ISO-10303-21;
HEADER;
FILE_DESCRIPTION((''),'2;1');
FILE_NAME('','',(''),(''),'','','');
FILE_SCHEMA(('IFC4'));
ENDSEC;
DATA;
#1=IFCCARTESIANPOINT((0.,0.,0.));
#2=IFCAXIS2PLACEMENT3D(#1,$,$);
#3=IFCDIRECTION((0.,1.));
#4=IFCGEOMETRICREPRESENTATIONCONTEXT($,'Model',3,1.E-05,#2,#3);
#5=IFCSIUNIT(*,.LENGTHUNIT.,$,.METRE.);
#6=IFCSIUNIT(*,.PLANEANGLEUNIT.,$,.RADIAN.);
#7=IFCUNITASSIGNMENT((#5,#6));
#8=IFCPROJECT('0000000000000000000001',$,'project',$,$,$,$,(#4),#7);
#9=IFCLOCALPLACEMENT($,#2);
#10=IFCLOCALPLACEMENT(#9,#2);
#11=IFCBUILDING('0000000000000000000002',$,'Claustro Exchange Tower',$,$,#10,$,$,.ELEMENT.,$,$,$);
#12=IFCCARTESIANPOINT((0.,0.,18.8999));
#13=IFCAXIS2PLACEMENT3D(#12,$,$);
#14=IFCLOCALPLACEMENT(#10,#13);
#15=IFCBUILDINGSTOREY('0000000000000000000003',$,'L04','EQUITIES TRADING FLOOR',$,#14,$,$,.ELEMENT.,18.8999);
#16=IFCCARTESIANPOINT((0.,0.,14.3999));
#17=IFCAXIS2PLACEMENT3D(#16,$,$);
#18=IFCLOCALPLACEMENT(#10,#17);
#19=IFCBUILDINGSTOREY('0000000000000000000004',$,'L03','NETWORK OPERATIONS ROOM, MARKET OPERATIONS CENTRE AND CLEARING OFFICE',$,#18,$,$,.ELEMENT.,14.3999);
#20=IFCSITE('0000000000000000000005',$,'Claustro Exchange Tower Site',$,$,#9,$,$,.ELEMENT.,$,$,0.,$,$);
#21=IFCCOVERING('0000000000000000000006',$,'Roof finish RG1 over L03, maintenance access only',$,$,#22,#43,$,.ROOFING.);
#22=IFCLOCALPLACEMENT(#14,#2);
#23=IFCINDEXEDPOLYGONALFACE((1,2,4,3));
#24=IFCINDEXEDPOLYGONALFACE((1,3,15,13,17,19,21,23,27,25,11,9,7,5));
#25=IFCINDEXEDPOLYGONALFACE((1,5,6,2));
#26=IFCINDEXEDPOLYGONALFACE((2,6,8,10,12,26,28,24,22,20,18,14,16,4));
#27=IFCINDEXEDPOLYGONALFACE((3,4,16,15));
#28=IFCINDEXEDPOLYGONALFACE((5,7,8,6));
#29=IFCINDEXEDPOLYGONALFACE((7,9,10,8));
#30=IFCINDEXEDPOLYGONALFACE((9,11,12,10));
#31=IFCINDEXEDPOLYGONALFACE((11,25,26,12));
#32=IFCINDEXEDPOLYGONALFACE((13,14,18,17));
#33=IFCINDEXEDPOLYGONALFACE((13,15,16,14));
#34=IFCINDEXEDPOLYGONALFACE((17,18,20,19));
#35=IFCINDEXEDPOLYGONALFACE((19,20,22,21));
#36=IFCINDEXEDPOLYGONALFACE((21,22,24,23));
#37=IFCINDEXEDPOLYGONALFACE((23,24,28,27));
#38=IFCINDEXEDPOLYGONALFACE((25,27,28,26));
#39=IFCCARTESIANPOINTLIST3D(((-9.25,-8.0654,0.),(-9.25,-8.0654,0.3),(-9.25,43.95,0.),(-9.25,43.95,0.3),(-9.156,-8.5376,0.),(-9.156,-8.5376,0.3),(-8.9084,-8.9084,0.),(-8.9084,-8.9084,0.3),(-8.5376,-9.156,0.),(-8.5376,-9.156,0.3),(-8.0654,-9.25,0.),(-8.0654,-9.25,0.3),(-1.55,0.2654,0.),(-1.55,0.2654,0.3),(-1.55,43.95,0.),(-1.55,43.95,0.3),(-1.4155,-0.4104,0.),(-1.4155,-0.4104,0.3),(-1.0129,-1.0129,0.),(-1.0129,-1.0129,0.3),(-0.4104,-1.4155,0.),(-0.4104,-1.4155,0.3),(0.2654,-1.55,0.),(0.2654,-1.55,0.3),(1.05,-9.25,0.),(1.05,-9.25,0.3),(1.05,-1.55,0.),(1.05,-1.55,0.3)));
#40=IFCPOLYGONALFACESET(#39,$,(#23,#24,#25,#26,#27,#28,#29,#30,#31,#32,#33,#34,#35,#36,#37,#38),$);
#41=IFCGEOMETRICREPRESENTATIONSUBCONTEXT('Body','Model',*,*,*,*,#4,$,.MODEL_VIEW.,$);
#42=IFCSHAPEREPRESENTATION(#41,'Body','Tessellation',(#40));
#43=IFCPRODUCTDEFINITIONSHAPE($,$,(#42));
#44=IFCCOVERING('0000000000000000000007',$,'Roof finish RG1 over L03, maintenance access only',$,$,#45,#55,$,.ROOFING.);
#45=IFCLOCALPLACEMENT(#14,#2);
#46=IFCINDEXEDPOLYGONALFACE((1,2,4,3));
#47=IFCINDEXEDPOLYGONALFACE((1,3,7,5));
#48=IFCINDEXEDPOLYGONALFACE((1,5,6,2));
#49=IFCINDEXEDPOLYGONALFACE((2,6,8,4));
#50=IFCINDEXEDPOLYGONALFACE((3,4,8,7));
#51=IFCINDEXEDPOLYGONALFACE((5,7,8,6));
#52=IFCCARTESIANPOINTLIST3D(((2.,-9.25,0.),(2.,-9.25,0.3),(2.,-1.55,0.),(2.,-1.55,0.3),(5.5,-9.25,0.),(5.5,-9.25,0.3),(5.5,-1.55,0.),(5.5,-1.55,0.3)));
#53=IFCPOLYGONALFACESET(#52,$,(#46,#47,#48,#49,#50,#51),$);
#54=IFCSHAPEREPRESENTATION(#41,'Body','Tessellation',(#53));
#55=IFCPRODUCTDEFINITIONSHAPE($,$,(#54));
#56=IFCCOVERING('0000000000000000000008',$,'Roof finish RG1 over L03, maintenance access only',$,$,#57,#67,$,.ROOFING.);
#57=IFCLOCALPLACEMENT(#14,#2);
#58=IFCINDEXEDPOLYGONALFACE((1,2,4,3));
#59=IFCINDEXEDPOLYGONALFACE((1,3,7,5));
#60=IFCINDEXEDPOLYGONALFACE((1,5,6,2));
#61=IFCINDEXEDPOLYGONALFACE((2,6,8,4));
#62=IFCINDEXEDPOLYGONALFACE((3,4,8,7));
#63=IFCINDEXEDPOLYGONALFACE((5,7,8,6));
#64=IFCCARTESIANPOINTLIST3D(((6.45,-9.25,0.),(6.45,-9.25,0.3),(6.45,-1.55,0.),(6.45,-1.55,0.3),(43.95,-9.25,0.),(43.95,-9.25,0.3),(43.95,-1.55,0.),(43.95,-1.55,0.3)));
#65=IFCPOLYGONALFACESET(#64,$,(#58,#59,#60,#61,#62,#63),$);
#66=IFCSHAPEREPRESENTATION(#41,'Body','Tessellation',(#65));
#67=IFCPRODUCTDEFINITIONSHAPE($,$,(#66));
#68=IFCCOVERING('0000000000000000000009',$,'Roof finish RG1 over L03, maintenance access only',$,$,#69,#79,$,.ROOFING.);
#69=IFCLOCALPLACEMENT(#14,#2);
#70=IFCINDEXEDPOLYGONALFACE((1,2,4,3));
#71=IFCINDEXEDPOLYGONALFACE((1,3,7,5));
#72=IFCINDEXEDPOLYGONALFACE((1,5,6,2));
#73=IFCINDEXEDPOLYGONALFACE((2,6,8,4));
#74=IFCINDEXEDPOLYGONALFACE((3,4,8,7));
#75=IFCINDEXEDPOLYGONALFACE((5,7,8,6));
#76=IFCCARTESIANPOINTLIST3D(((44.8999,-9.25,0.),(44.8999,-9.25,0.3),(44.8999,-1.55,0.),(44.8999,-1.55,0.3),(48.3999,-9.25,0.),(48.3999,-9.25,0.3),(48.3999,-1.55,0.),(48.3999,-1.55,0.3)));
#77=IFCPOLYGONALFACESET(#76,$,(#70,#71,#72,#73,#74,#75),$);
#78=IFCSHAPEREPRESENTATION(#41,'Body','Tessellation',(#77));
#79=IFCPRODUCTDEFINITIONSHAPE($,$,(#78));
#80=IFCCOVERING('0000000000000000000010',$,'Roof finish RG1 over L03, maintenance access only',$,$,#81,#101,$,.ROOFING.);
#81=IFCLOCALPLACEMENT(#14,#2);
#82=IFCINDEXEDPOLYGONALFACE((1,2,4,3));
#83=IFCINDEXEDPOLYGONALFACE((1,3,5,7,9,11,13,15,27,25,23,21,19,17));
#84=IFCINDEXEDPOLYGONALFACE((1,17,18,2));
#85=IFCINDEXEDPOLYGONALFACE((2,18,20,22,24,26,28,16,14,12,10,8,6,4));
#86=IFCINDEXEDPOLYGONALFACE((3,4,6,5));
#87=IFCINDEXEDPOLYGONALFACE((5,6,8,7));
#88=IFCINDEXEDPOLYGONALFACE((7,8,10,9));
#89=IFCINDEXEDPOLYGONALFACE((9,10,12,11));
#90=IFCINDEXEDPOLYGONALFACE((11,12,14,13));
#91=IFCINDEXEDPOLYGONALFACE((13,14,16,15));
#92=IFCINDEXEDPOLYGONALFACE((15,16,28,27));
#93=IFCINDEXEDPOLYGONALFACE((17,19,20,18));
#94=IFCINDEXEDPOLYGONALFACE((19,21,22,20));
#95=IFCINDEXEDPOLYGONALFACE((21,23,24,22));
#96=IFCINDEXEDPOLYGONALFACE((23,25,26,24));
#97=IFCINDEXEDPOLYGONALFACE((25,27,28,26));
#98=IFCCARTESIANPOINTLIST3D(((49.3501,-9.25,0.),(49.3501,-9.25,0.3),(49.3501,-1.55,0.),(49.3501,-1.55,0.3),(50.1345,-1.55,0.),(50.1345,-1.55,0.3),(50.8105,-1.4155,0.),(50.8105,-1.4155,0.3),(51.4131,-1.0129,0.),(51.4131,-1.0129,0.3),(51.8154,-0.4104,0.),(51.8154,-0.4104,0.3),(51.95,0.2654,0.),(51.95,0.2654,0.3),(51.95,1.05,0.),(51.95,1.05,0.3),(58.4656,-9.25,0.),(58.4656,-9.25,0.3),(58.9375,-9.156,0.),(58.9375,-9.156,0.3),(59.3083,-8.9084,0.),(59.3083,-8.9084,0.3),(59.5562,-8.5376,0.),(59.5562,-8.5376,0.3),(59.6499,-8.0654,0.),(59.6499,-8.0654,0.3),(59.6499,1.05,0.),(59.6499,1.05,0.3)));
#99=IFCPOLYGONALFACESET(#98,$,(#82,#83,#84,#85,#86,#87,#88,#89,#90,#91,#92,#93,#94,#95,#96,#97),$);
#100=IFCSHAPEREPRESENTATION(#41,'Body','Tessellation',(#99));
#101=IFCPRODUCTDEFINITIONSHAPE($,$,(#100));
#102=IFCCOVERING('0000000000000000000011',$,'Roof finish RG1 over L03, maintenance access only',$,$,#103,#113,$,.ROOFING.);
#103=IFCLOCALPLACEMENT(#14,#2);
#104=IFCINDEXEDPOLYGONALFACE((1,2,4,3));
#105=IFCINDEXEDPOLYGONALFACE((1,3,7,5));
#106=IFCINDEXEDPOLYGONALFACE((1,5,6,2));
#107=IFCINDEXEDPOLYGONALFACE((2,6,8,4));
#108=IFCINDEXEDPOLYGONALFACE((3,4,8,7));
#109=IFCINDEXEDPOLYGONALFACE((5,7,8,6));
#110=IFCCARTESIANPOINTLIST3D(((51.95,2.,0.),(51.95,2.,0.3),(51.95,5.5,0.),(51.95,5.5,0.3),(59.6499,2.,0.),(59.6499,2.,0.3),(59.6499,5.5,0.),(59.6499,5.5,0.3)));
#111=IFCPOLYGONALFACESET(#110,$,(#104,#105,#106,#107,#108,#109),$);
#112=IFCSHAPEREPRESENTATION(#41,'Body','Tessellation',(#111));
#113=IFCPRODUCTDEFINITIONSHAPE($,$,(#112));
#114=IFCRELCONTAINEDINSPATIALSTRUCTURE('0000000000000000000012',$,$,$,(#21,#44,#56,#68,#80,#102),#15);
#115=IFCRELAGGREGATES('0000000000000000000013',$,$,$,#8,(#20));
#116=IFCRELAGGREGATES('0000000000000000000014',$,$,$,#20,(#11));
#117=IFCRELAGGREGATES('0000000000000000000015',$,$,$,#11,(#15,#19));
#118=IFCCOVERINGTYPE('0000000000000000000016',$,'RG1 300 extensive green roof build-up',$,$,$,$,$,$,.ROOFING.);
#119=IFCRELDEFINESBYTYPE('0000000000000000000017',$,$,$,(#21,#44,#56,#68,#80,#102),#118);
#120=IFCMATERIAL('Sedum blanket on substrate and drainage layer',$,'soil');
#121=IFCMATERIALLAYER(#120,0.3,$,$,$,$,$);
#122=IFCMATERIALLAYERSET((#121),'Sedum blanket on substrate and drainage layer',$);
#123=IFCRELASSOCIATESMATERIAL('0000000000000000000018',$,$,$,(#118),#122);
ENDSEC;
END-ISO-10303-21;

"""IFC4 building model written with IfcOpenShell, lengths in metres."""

from ifc_helpers import new_model, si_unit, direction, frame, origin, place, context, subcontext, project, spatial, polyline, outline, extrude, material, layer, layer_set, type_object, element, save


model = new_model("IFC4")

# Units and contexts
model_context = context("Model", 3, precision=1e-05, world=origin(), true_north=direction((0.0, 1.0)))
body_context = subcontext(model_context, "Body", "Model", "MODEL_VIEW")
ifc_project = project(units=[si_unit("LENGTHUNIT", "METRE"), si_unit("PLANEANGLEUNIT", "RADIAN")], contexts=[model_context])

# Site, building, storey
site_placement = place(None, origin())
site = spatial("IfcSite", under=ifc_project, at=site_placement, Name="Claustro Exchange Tower Site", CompositionType="ELEMENT", RefElevation=0.0)
building_placement = place(site_placement, origin())
building = spatial("IfcBuilding", under=site, at=building_placement, Name="Claustro Exchange Tower", CompositionType="ELEMENT")
storey_1_placement = place(building_placement, frame((0.0, 0.0, 18.8999)))
storey_1 = spatial("IfcBuildingStorey", under=building, at=storey_1_placement, Name="L04", Description="EQUITIES TRADING FLOOR", CompositionType="ELEMENT", Elevation=18.8999)

# Shared definitions
storey_2_placement = place(building_placement, frame((0.0, 0.0, 14.3999)))
storey_2 = spatial("IfcBuildingStorey", under=building, at=storey_2_placement, Name="L03", Description="NETWORK OPERATIONS ROOM, MARKET OPERATIONS CENTRE AND CLEARING OFFICE", CompositionType="ELEMENT", Elevation=14.3999)

# Coverings
ifc_material_1 = material(Name="Sedum blanket on substrate and drainage layer", Category="soil")
ifc_layer_1 = layer(ifc_material_1, 0.3)
ifc_layer_set_1 = layer_set([ifc_layer_1], Name="Sedum blanket on substrate and drainage layer")
covering_type = type_object("IfcCoveringType", Name="RG1 300 extensive green roof build-up", PredefinedType="ROOFING", material=ifc_layer_set_1)
covering_1_placement = place(storey_1_placement, origin())
element("IfcCovering", 1, at=covering_1_placement, inside=storey_1, type_object=covering_type, Name="Roof finish RG1 over L03, maintenance access only", PredefinedType="ROOFING", context=body_context, shape_type="SweptSolid", body=[
    extrude(outline(polyline([(-9.25, 43.95), (-9.25, -8.0654), (-9.156, -8.5376), (-8.9084, -8.9084), (-8.5376, -9.156), (-8.0654, -9.25), (1.05, -9.25), (1.05, -1.55), (0.2654, -1.55), (-0.4104, -1.4155), (-1.0129, -1.0129), (-1.4155, -0.4104), (-1.55, 0.2654), (-1.55, 43.95), (-9.25, 43.95)])), origin(), (0.0, 0.0, 1.0), 0.3),
])
covering_2_placement = place(storey_1_placement, origin())
element("IfcCovering", 2, at=covering_2_placement, inside=storey_1, type_object=covering_type, Name="Roof finish RG1 over L03, maintenance access only", PredefinedType="ROOFING", context=body_context, shape_type="SweptSolid", body=[
    extrude(outline(polyline([(2.0, -9.25), (5.5, -9.25), (5.5, -1.55), (2.0, -1.55), (2.0, -9.25)])), origin(), (0.0, 0.0, 1.0), 0.3),
])
covering_3_placement = place(storey_1_placement, origin())
element("IfcCovering", 3, at=covering_3_placement, inside=storey_1, type_object=covering_type, Name="Roof finish RG1 over L03, maintenance access only", PredefinedType="ROOFING", context=body_context, shape_type="SweptSolid", body=[
    extrude(outline(polyline([(6.45, -9.25), (43.95, -9.25), (43.95, -1.55), (6.45, -1.55), (6.45, -9.25)])), origin(), (0.0, 0.0, 1.0), 0.3),
])
covering_4_placement = place(storey_1_placement, origin())
element("IfcCovering", 4, at=covering_4_placement, inside=storey_1, type_object=covering_type, Name="Roof finish RG1 over L03, maintenance access only", PredefinedType="ROOFING", context=body_context, shape_type="SweptSolid", body=[
    extrude(outline(polyline([(44.8999, -9.25), (48.3999, -9.25), (48.3999, -1.55), (44.8999, -1.55), (44.8999, -9.25)])), origin(), (0.0, 0.0, 1.0), 0.3),
])
covering_5_placement = place(storey_1_placement, origin())
element("IfcCovering", 5, at=covering_5_placement, inside=storey_1, type_object=covering_type, Name="Roof finish RG1 over L03, maintenance access only", PredefinedType="ROOFING", context=body_context, shape_type="SweptSolid", body=[
    extrude(outline(polyline([(49.3501, -9.25), (58.4656, -9.25), (58.9375, -9.156), (59.3083, -8.9084), (59.5562, -8.5376), (59.6499, -8.0654), (59.6499, 1.05), (51.95, 1.05), (51.95, 0.2654), (51.8154, -0.4104), (51.4131, -1.0129), (50.8105, -1.4155), (50.1345, -1.55), (49.3501, -1.55), (49.3501, -9.25)])), origin(), (0.0, 0.0, 1.0), 0.3),
])
covering_6_placement = place(storey_1_placement, origin())
element("IfcCovering", 6, at=covering_6_placement, inside=storey_1, type_object=covering_type, Name="Roof finish RG1 over L03, maintenance access only", PredefinedType="ROOFING", context=body_context, shape_type="SweptSolid", body=[
    extrude(outline(polyline([(59.6499, 2.0), (59.6499, 5.5), (51.95, 5.5), (51.95, 2.0), (59.6499, 2.0)])), origin(), (0.0, 0.0, 1.0), 0.3),
])

save(model, "model.ifc")
